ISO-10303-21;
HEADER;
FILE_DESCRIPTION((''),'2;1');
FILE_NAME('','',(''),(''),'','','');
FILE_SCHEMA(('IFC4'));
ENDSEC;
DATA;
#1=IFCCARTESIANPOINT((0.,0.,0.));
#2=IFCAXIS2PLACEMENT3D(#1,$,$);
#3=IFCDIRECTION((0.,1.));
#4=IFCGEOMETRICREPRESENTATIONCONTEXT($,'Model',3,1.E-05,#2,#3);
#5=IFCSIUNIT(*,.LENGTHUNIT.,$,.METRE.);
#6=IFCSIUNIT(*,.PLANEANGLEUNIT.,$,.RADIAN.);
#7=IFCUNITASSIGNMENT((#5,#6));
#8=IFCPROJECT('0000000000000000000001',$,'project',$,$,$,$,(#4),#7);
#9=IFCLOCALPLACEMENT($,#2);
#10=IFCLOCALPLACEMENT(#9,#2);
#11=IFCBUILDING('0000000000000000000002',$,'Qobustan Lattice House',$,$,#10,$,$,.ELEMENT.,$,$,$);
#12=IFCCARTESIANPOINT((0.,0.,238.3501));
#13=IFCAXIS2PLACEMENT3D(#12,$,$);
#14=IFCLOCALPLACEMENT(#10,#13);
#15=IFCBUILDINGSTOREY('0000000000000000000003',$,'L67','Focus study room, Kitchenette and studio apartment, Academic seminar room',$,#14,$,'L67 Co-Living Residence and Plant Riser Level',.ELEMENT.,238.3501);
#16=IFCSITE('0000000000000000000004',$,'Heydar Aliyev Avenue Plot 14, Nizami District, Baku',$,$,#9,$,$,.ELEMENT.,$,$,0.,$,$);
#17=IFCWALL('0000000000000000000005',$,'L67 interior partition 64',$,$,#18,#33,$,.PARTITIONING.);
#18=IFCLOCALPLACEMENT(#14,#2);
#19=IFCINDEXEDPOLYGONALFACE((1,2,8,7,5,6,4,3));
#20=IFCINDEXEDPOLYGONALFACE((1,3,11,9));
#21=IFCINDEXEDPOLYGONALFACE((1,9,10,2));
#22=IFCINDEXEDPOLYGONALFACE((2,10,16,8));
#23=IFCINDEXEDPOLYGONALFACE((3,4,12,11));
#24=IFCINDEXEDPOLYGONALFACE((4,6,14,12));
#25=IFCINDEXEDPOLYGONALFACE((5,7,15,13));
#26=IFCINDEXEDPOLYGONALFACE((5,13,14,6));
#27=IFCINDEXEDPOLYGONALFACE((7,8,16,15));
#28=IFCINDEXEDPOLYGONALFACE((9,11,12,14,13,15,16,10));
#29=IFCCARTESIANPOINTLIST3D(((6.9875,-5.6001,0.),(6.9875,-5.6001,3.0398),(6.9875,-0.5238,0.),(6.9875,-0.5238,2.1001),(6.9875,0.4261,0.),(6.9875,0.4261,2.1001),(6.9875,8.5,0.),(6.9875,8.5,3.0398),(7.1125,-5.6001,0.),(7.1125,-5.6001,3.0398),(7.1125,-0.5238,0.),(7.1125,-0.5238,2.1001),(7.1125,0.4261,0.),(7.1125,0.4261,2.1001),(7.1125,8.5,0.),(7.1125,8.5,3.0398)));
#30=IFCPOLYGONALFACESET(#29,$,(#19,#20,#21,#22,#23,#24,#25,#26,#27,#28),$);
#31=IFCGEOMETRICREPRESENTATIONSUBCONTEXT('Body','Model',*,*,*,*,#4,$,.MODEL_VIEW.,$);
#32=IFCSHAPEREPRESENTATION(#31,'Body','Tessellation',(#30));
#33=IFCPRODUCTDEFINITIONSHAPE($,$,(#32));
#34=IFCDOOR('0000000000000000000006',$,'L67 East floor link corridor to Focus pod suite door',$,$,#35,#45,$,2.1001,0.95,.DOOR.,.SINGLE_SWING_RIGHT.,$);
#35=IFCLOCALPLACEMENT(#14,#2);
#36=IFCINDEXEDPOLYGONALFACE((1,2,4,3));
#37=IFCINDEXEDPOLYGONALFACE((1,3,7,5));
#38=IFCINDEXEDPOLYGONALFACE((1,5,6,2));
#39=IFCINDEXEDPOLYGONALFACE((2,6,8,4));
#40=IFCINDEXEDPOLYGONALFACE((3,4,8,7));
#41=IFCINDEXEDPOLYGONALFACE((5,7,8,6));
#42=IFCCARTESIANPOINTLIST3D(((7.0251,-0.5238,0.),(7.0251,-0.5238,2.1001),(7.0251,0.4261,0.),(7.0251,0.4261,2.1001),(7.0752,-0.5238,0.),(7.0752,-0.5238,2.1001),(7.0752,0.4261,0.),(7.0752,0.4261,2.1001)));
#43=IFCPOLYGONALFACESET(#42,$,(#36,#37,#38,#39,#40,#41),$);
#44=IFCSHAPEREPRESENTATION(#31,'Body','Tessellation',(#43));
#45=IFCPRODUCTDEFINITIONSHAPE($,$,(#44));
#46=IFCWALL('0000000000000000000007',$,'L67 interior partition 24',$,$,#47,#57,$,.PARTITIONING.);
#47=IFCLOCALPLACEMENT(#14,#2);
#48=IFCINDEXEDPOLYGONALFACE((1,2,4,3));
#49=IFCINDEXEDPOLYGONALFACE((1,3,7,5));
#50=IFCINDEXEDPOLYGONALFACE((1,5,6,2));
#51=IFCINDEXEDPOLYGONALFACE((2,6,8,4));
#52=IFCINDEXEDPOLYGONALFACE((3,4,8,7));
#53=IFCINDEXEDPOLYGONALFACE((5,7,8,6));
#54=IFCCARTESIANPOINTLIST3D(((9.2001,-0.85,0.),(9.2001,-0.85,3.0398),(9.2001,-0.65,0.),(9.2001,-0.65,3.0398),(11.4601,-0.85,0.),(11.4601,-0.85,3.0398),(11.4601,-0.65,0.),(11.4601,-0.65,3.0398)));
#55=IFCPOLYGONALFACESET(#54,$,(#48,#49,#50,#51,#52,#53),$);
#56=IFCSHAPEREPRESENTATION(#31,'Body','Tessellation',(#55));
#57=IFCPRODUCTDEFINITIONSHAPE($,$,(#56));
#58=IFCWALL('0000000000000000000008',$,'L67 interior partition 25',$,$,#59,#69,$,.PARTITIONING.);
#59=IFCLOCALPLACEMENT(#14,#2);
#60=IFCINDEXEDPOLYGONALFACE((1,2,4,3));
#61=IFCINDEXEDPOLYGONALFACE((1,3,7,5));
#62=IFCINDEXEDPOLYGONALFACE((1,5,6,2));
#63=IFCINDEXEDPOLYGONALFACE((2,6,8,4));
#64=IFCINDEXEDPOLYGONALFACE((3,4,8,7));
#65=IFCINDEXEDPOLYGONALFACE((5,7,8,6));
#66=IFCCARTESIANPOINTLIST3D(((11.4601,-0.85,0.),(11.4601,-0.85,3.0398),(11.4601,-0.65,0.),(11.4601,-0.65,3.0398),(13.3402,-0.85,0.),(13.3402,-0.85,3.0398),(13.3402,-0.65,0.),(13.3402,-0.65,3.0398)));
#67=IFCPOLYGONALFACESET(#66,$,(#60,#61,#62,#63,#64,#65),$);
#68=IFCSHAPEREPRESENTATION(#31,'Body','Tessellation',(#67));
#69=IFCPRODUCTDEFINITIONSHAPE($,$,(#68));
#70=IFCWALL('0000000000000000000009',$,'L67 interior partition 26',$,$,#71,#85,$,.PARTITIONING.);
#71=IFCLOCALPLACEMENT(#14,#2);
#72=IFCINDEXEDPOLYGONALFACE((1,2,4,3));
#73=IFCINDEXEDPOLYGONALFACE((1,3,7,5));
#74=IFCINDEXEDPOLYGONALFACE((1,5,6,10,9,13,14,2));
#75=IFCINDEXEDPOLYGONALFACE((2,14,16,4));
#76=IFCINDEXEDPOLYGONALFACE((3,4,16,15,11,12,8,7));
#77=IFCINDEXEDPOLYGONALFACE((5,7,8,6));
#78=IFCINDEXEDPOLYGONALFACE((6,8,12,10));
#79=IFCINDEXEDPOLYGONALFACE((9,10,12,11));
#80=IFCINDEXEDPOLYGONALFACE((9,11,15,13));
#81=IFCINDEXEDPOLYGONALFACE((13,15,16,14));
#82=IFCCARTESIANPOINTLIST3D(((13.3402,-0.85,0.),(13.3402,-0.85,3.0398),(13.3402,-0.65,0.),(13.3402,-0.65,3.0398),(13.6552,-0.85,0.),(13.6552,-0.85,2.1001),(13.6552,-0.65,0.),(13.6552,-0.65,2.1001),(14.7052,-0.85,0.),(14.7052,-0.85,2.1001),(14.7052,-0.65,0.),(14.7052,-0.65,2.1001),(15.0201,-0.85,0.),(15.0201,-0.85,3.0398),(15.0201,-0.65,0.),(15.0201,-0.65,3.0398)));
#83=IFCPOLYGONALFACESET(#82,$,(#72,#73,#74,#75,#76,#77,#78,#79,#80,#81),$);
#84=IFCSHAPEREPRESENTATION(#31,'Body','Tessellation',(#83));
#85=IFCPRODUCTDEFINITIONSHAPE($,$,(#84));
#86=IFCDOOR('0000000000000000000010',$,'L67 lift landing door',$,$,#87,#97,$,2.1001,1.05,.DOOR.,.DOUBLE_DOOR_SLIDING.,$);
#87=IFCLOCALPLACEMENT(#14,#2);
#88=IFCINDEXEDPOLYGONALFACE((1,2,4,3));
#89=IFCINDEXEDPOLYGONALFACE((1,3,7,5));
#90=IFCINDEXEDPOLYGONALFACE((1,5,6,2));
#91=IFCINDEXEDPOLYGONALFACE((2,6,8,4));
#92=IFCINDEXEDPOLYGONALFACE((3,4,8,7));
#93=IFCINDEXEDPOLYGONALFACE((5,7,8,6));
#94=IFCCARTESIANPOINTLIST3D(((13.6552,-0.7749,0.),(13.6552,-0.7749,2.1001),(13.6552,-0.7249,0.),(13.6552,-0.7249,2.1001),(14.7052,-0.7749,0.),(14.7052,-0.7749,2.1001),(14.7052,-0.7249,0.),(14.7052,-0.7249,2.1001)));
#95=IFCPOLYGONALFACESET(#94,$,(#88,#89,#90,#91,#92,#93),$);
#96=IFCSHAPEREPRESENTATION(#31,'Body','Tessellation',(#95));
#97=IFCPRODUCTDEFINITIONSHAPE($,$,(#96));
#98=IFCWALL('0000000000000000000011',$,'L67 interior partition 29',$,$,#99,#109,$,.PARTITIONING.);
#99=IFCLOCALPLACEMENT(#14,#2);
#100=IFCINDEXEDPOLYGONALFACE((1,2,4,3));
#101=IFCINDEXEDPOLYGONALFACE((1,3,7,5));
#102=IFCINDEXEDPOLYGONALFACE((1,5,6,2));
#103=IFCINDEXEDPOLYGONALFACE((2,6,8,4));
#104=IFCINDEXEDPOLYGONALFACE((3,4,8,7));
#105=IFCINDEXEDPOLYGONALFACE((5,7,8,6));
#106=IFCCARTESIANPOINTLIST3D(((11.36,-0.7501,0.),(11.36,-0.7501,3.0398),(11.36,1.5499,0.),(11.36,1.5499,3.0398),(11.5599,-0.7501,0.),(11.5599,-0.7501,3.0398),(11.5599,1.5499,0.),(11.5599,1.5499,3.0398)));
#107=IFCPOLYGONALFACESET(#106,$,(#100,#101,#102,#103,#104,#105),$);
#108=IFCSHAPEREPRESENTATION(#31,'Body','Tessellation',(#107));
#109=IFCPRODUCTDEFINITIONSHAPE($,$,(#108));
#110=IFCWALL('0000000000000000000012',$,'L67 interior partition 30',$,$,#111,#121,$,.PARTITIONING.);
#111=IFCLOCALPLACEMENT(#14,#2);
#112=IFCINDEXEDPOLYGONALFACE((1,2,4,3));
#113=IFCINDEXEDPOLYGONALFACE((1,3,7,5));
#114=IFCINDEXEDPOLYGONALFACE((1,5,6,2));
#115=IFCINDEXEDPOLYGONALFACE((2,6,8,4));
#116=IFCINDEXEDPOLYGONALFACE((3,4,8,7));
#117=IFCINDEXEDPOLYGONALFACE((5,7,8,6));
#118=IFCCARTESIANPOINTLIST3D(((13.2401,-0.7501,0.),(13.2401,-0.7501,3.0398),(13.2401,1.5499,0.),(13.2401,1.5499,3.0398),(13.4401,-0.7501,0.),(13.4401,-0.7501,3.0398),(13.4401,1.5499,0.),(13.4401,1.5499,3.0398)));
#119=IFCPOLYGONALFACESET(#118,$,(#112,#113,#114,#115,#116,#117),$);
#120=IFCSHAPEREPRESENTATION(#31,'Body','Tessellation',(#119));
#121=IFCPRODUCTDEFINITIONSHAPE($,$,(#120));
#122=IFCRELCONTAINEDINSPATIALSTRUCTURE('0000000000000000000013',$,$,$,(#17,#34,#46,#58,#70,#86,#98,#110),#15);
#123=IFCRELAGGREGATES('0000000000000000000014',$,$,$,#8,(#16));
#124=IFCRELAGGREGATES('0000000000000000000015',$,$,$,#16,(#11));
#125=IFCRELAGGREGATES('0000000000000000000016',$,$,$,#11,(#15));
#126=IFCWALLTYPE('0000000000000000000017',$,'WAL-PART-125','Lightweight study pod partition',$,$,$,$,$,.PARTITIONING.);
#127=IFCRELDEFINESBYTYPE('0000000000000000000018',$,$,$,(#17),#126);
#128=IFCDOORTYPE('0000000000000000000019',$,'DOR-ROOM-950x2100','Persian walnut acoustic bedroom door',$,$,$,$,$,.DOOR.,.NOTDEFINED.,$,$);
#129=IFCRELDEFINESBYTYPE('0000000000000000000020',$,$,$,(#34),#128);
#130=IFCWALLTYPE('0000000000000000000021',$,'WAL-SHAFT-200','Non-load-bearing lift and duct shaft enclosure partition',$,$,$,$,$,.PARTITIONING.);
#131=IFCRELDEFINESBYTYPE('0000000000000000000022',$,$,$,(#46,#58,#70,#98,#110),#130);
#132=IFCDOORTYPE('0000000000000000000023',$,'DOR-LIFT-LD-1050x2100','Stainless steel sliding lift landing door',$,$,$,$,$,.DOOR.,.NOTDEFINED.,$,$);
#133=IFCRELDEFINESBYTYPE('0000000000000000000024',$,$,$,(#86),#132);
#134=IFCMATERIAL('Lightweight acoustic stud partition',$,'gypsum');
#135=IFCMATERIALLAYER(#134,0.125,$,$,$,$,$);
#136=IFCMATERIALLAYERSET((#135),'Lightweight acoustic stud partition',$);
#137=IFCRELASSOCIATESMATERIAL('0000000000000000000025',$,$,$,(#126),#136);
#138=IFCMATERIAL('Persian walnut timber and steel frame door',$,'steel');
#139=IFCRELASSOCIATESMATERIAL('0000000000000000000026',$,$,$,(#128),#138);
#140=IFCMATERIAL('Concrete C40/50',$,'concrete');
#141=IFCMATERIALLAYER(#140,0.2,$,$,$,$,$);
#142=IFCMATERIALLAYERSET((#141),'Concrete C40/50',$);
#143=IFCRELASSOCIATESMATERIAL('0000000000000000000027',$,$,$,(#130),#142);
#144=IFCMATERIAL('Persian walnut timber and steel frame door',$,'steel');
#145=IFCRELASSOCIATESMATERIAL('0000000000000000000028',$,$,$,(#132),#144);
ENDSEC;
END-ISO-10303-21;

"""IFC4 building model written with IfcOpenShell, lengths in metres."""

from ifc_helpers import new_model, si_unit, direction, frame, frame_2d, origin, place, context, subcontext, project, spatial, rectangle, extrude, material, layer, layer_set, type_object, element, fill, save


model = new_model("IFC4")

# Units and contexts
model_context = context("Model", 3, precision=1e-05, world=origin(), true_north=direction((0.0, 1.0)))
body_context = subcontext(model_context, "Body", "Model", "MODEL_VIEW")
ifc_project = project(units=[si_unit("LENGTHUNIT", "METRE"), si_unit("PLANEANGLEUNIT", "RADIAN")], contexts=[model_context])

# Site, building, storey
site_placement = place(None, origin())
site = spatial("IfcSite", under=ifc_project, at=site_placement, Name="Heydar Aliyev Avenue Plot 14, Nizami District, Baku", CompositionType="ELEMENT", RefElevation=0.0)
building_placement = place(site_placement, origin())
building = spatial("IfcBuilding", under=site, at=building_placement, Name="Qobustan Lattice House", CompositionType="ELEMENT")
storey_placement = place(building_placement, frame((0.0, 0.0, 238.3501)))
storey = spatial("IfcBuildingStorey", under=building, at=storey_placement, Name="L67", Description="Focus study room, Kitchenette and studio apartment, Academic seminar room", LongName="L67 Co-Living Residence and Plant Riser Level", CompositionType="ELEMENT", Elevation=238.3501)

# Wall, opening, door
ifc_material_1 = material(Name="Lightweight acoustic stud partition", Category="gypsum")
ifc_layer_1 = layer(ifc_material_1, 0.125)
ifc_layer_set_1 = layer_set([ifc_layer_1], Name="Lightweight acoustic stud partition")
wall_type_1 = type_object("IfcWallType", Name="WAL-PART-125", Description="Lightweight study pod partition", PredefinedType="PARTITIONING", material=ifc_layer_set_1)
wall_1_placement = place(storey_placement, frame((7.05, -5.6001, 0.0), z_axis=(0.0, 0.0, 1.0), x_axis=(0.0, 1.0, 0.0)))
wall_1 = element("IfcWall", 1, at=wall_1_placement, inside=storey, type_object=wall_type_1, Name="L67 interior partition 64", PredefinedType="PARTITIONING", context=body_context, shape_type="SweptSolid", body=[
    extrude(rectangle(XDim=14.1001, YDim=0.125, at=frame_2d((7.05, 0.0))), origin(), (0.0, 0.0, 1.0), 3.0398),
])
opening_1_placement = place(wall_1_placement, frame((5.0762, 0.0, 0.0)))
opening_1 = element("IfcOpeningElement", 2, at=opening_1_placement, cuts=wall_1, PredefinedType="OPENING", context=body_context, shape_type="SweptSolid", body=[
    extrude(rectangle(XDim=0.95, YDim=2.1001, at=frame_2d((0.4751, 1.05))), frame((0.0, 0.0725, 0.0), z_axis=(0.0, -1.0, 0.0), x_axis=(1.0, 0.0, 0.0)), (0.0, 0.0, 1.0), 0.145),
])
ifc_material_2 = material(Name="Persian walnut timber and steel frame door", Category="steel")
door_type_1 = type_object("IfcDoorType", Name="DOR-ROOM-950x2100", Description="Persian walnut acoustic bedroom door", OperationType="NOTDEFINED", PredefinedType="DOOR", material=ifc_material_2)
door_1_placement = place(opening_1_placement, origin())
door_1 = element("IfcDoor", 3, at=door_1_placement, inside=storey, type_object=door_type_1, Name="L67 East floor link corridor to Focus pod suite door", OperationType="SINGLE_SWING_RIGHT", OverallHeight=2.1001, OverallWidth=0.95, PredefinedType="DOOR", context=body_context, shape_type="SweptSolid", body=[
    extrude(rectangle(XDim=0.95, YDim=2.1001, at=frame_2d((0.4751, 1.05))), frame((0.0, 0.0249, 0.0), z_axis=(0.0, -1.0, 0.0), x_axis=(1.0, 0.0, 0.0)), (0.0, 0.0, 1.0), 0.05),
])
fill(opening_1, door_1)

# Walls
ifc_material_3 = material(Name="Concrete C40/50", Category="concrete")
ifc_layer_2 = layer(ifc_material_3, 0.2)
ifc_layer_set_2 = layer_set([ifc_layer_2], Name="Concrete C40/50")
wall_type_2 = type_object("IfcWallType", Name="WAL-SHAFT-200", Description="Non-load-bearing lift and duct shaft enclosure partition", PredefinedType="PARTITIONING", material=ifc_layer_set_2)
wall_2_placement = place(storey_placement, frame((11.46, -0.75, 0.0), z_axis=(0.0, 0.0, 1.0), x_axis=(-1.0, 0.0, 0.0)))
element("IfcWall", 4, at=wall_2_placement, inside=storey, type_object=wall_type_2, Name="L67 interior partition 24", PredefinedType="PARTITIONING", context=body_context, shape_type="SweptSolid", body=[
    extrude(rectangle(XDim=2.26, YDim=0.2, at=frame_2d((1.1299, 0.0))), origin(), (0.0, 0.0, 1.0), 3.0398),
])
wall_3_placement = place(storey_placement, frame((13.3401, -0.75, 0.0), z_axis=(0.0, 0.0, 1.0), x_axis=(-1.0, 0.0, 0.0)))
element("IfcWall", 5, at=wall_3_placement, inside=storey, type_object=wall_type_2, Name="L67 interior partition 25", PredefinedType="PARTITIONING", context=body_context, shape_type="SweptSolid", body=[
    extrude(rectangle(XDim=1.8801, YDim=0.2, at=frame_2d((0.9399, 0.0))), origin(), (0.0, 0.0, 1.0), 3.0398),
])

# Wall, opening, door
wall_4_placement = place(storey_placement, frame((15.02, -0.75, 0.0), z_axis=(0.0, 0.0, 1.0), x_axis=(-1.0, 0.0, 0.0)))
wall_4 = element("IfcWall", 6, at=wall_4_placement, inside=storey, type_object=wall_type_2, Name="L67 interior partition 26", PredefinedType="PARTITIONING", context=body_context, shape_type="SweptSolid", body=[
    extrude(rectangle(XDim=1.6799, YDim=0.2, at=frame_2d((0.8398, 0.0))), origin(), (0.0, 0.0, 1.0), 3.0398),
])
opening_2_placement = place(wall_4_placement, frame((0.3149, 0.0, 0.0)))
opening_2 = element("IfcOpeningElement", 7, at=opening_2_placement, cuts=wall_4, PredefinedType="OPENING", context=body_context, shape_type="SweptSolid", body=[
    extrude(rectangle(XDim=1.05, YDim=2.1001, at=frame_2d((0.5249, 1.05))), frame((0.0, 0.1099, 0.0), z_axis=(0.0, -1.0, 0.0), x_axis=(1.0, 0.0, 0.0)), (0.0, 0.0, 1.0), 0.22),
])
ifc_material_4 = material(Name="Persian walnut timber and steel frame door", Category="steel")
door_type_2 = type_object("IfcDoorType", Name="DOR-LIFT-LD-1050x2100", Description="Stainless steel sliding lift landing door", OperationType="NOTDEFINED", PredefinedType="DOOR", material=ifc_material_4)
door_2_placement = place(opening_2_placement, origin())
door_2 = element("IfcDoor", 8, at=door_2_placement, inside=storey, type_object=door_type_2, Name="L67 lift landing door", OperationType="DOUBLE_DOOR_SLIDING", OverallHeight=2.1001, OverallWidth=1.05, PredefinedType="DOOR", context=body_context, shape_type="SweptSolid", body=[
    extrude(rectangle(XDim=1.05, YDim=2.1001, at=frame_2d((0.5249, 1.05))), frame((0.0, 0.0249, 0.0), z_axis=(0.0, -1.0, 0.0), x_axis=(1.0, 0.0, 0.0)), (0.0, 0.0, 1.0), 0.05),
])
fill(opening_2, door_2)

# Walls
for number, where, z_axis, x_axis, name in (
    (9, (11.46, -0.75, 0.0), (0.0, 0.0, 1.0), (0.0, 1.0, 0.0), "L67 interior partition 29"),
    (10, (13.3401, -0.75, 0.0), (0.0, 0.0, 1.0), (0.0, 1.0, 0.0), "L67 interior partition 30"),
):
    element("IfcWall", number, at=place(storey_placement, frame(where, z_axis=z_axis, x_axis=x_axis)), inside=storey, type_object=wall_type_2, Name=name, PredefinedType="PARTITIONING", context=body_context, shape_type="SweptSolid", body=[
        extrude(rectangle(XDim=2.3, YDim=0.2, at=frame_2d((1.1499, 0.0))), origin(), (0.0, 0.0, 1.0), 3.0398),
    ])

save(model, "model.ifc")
